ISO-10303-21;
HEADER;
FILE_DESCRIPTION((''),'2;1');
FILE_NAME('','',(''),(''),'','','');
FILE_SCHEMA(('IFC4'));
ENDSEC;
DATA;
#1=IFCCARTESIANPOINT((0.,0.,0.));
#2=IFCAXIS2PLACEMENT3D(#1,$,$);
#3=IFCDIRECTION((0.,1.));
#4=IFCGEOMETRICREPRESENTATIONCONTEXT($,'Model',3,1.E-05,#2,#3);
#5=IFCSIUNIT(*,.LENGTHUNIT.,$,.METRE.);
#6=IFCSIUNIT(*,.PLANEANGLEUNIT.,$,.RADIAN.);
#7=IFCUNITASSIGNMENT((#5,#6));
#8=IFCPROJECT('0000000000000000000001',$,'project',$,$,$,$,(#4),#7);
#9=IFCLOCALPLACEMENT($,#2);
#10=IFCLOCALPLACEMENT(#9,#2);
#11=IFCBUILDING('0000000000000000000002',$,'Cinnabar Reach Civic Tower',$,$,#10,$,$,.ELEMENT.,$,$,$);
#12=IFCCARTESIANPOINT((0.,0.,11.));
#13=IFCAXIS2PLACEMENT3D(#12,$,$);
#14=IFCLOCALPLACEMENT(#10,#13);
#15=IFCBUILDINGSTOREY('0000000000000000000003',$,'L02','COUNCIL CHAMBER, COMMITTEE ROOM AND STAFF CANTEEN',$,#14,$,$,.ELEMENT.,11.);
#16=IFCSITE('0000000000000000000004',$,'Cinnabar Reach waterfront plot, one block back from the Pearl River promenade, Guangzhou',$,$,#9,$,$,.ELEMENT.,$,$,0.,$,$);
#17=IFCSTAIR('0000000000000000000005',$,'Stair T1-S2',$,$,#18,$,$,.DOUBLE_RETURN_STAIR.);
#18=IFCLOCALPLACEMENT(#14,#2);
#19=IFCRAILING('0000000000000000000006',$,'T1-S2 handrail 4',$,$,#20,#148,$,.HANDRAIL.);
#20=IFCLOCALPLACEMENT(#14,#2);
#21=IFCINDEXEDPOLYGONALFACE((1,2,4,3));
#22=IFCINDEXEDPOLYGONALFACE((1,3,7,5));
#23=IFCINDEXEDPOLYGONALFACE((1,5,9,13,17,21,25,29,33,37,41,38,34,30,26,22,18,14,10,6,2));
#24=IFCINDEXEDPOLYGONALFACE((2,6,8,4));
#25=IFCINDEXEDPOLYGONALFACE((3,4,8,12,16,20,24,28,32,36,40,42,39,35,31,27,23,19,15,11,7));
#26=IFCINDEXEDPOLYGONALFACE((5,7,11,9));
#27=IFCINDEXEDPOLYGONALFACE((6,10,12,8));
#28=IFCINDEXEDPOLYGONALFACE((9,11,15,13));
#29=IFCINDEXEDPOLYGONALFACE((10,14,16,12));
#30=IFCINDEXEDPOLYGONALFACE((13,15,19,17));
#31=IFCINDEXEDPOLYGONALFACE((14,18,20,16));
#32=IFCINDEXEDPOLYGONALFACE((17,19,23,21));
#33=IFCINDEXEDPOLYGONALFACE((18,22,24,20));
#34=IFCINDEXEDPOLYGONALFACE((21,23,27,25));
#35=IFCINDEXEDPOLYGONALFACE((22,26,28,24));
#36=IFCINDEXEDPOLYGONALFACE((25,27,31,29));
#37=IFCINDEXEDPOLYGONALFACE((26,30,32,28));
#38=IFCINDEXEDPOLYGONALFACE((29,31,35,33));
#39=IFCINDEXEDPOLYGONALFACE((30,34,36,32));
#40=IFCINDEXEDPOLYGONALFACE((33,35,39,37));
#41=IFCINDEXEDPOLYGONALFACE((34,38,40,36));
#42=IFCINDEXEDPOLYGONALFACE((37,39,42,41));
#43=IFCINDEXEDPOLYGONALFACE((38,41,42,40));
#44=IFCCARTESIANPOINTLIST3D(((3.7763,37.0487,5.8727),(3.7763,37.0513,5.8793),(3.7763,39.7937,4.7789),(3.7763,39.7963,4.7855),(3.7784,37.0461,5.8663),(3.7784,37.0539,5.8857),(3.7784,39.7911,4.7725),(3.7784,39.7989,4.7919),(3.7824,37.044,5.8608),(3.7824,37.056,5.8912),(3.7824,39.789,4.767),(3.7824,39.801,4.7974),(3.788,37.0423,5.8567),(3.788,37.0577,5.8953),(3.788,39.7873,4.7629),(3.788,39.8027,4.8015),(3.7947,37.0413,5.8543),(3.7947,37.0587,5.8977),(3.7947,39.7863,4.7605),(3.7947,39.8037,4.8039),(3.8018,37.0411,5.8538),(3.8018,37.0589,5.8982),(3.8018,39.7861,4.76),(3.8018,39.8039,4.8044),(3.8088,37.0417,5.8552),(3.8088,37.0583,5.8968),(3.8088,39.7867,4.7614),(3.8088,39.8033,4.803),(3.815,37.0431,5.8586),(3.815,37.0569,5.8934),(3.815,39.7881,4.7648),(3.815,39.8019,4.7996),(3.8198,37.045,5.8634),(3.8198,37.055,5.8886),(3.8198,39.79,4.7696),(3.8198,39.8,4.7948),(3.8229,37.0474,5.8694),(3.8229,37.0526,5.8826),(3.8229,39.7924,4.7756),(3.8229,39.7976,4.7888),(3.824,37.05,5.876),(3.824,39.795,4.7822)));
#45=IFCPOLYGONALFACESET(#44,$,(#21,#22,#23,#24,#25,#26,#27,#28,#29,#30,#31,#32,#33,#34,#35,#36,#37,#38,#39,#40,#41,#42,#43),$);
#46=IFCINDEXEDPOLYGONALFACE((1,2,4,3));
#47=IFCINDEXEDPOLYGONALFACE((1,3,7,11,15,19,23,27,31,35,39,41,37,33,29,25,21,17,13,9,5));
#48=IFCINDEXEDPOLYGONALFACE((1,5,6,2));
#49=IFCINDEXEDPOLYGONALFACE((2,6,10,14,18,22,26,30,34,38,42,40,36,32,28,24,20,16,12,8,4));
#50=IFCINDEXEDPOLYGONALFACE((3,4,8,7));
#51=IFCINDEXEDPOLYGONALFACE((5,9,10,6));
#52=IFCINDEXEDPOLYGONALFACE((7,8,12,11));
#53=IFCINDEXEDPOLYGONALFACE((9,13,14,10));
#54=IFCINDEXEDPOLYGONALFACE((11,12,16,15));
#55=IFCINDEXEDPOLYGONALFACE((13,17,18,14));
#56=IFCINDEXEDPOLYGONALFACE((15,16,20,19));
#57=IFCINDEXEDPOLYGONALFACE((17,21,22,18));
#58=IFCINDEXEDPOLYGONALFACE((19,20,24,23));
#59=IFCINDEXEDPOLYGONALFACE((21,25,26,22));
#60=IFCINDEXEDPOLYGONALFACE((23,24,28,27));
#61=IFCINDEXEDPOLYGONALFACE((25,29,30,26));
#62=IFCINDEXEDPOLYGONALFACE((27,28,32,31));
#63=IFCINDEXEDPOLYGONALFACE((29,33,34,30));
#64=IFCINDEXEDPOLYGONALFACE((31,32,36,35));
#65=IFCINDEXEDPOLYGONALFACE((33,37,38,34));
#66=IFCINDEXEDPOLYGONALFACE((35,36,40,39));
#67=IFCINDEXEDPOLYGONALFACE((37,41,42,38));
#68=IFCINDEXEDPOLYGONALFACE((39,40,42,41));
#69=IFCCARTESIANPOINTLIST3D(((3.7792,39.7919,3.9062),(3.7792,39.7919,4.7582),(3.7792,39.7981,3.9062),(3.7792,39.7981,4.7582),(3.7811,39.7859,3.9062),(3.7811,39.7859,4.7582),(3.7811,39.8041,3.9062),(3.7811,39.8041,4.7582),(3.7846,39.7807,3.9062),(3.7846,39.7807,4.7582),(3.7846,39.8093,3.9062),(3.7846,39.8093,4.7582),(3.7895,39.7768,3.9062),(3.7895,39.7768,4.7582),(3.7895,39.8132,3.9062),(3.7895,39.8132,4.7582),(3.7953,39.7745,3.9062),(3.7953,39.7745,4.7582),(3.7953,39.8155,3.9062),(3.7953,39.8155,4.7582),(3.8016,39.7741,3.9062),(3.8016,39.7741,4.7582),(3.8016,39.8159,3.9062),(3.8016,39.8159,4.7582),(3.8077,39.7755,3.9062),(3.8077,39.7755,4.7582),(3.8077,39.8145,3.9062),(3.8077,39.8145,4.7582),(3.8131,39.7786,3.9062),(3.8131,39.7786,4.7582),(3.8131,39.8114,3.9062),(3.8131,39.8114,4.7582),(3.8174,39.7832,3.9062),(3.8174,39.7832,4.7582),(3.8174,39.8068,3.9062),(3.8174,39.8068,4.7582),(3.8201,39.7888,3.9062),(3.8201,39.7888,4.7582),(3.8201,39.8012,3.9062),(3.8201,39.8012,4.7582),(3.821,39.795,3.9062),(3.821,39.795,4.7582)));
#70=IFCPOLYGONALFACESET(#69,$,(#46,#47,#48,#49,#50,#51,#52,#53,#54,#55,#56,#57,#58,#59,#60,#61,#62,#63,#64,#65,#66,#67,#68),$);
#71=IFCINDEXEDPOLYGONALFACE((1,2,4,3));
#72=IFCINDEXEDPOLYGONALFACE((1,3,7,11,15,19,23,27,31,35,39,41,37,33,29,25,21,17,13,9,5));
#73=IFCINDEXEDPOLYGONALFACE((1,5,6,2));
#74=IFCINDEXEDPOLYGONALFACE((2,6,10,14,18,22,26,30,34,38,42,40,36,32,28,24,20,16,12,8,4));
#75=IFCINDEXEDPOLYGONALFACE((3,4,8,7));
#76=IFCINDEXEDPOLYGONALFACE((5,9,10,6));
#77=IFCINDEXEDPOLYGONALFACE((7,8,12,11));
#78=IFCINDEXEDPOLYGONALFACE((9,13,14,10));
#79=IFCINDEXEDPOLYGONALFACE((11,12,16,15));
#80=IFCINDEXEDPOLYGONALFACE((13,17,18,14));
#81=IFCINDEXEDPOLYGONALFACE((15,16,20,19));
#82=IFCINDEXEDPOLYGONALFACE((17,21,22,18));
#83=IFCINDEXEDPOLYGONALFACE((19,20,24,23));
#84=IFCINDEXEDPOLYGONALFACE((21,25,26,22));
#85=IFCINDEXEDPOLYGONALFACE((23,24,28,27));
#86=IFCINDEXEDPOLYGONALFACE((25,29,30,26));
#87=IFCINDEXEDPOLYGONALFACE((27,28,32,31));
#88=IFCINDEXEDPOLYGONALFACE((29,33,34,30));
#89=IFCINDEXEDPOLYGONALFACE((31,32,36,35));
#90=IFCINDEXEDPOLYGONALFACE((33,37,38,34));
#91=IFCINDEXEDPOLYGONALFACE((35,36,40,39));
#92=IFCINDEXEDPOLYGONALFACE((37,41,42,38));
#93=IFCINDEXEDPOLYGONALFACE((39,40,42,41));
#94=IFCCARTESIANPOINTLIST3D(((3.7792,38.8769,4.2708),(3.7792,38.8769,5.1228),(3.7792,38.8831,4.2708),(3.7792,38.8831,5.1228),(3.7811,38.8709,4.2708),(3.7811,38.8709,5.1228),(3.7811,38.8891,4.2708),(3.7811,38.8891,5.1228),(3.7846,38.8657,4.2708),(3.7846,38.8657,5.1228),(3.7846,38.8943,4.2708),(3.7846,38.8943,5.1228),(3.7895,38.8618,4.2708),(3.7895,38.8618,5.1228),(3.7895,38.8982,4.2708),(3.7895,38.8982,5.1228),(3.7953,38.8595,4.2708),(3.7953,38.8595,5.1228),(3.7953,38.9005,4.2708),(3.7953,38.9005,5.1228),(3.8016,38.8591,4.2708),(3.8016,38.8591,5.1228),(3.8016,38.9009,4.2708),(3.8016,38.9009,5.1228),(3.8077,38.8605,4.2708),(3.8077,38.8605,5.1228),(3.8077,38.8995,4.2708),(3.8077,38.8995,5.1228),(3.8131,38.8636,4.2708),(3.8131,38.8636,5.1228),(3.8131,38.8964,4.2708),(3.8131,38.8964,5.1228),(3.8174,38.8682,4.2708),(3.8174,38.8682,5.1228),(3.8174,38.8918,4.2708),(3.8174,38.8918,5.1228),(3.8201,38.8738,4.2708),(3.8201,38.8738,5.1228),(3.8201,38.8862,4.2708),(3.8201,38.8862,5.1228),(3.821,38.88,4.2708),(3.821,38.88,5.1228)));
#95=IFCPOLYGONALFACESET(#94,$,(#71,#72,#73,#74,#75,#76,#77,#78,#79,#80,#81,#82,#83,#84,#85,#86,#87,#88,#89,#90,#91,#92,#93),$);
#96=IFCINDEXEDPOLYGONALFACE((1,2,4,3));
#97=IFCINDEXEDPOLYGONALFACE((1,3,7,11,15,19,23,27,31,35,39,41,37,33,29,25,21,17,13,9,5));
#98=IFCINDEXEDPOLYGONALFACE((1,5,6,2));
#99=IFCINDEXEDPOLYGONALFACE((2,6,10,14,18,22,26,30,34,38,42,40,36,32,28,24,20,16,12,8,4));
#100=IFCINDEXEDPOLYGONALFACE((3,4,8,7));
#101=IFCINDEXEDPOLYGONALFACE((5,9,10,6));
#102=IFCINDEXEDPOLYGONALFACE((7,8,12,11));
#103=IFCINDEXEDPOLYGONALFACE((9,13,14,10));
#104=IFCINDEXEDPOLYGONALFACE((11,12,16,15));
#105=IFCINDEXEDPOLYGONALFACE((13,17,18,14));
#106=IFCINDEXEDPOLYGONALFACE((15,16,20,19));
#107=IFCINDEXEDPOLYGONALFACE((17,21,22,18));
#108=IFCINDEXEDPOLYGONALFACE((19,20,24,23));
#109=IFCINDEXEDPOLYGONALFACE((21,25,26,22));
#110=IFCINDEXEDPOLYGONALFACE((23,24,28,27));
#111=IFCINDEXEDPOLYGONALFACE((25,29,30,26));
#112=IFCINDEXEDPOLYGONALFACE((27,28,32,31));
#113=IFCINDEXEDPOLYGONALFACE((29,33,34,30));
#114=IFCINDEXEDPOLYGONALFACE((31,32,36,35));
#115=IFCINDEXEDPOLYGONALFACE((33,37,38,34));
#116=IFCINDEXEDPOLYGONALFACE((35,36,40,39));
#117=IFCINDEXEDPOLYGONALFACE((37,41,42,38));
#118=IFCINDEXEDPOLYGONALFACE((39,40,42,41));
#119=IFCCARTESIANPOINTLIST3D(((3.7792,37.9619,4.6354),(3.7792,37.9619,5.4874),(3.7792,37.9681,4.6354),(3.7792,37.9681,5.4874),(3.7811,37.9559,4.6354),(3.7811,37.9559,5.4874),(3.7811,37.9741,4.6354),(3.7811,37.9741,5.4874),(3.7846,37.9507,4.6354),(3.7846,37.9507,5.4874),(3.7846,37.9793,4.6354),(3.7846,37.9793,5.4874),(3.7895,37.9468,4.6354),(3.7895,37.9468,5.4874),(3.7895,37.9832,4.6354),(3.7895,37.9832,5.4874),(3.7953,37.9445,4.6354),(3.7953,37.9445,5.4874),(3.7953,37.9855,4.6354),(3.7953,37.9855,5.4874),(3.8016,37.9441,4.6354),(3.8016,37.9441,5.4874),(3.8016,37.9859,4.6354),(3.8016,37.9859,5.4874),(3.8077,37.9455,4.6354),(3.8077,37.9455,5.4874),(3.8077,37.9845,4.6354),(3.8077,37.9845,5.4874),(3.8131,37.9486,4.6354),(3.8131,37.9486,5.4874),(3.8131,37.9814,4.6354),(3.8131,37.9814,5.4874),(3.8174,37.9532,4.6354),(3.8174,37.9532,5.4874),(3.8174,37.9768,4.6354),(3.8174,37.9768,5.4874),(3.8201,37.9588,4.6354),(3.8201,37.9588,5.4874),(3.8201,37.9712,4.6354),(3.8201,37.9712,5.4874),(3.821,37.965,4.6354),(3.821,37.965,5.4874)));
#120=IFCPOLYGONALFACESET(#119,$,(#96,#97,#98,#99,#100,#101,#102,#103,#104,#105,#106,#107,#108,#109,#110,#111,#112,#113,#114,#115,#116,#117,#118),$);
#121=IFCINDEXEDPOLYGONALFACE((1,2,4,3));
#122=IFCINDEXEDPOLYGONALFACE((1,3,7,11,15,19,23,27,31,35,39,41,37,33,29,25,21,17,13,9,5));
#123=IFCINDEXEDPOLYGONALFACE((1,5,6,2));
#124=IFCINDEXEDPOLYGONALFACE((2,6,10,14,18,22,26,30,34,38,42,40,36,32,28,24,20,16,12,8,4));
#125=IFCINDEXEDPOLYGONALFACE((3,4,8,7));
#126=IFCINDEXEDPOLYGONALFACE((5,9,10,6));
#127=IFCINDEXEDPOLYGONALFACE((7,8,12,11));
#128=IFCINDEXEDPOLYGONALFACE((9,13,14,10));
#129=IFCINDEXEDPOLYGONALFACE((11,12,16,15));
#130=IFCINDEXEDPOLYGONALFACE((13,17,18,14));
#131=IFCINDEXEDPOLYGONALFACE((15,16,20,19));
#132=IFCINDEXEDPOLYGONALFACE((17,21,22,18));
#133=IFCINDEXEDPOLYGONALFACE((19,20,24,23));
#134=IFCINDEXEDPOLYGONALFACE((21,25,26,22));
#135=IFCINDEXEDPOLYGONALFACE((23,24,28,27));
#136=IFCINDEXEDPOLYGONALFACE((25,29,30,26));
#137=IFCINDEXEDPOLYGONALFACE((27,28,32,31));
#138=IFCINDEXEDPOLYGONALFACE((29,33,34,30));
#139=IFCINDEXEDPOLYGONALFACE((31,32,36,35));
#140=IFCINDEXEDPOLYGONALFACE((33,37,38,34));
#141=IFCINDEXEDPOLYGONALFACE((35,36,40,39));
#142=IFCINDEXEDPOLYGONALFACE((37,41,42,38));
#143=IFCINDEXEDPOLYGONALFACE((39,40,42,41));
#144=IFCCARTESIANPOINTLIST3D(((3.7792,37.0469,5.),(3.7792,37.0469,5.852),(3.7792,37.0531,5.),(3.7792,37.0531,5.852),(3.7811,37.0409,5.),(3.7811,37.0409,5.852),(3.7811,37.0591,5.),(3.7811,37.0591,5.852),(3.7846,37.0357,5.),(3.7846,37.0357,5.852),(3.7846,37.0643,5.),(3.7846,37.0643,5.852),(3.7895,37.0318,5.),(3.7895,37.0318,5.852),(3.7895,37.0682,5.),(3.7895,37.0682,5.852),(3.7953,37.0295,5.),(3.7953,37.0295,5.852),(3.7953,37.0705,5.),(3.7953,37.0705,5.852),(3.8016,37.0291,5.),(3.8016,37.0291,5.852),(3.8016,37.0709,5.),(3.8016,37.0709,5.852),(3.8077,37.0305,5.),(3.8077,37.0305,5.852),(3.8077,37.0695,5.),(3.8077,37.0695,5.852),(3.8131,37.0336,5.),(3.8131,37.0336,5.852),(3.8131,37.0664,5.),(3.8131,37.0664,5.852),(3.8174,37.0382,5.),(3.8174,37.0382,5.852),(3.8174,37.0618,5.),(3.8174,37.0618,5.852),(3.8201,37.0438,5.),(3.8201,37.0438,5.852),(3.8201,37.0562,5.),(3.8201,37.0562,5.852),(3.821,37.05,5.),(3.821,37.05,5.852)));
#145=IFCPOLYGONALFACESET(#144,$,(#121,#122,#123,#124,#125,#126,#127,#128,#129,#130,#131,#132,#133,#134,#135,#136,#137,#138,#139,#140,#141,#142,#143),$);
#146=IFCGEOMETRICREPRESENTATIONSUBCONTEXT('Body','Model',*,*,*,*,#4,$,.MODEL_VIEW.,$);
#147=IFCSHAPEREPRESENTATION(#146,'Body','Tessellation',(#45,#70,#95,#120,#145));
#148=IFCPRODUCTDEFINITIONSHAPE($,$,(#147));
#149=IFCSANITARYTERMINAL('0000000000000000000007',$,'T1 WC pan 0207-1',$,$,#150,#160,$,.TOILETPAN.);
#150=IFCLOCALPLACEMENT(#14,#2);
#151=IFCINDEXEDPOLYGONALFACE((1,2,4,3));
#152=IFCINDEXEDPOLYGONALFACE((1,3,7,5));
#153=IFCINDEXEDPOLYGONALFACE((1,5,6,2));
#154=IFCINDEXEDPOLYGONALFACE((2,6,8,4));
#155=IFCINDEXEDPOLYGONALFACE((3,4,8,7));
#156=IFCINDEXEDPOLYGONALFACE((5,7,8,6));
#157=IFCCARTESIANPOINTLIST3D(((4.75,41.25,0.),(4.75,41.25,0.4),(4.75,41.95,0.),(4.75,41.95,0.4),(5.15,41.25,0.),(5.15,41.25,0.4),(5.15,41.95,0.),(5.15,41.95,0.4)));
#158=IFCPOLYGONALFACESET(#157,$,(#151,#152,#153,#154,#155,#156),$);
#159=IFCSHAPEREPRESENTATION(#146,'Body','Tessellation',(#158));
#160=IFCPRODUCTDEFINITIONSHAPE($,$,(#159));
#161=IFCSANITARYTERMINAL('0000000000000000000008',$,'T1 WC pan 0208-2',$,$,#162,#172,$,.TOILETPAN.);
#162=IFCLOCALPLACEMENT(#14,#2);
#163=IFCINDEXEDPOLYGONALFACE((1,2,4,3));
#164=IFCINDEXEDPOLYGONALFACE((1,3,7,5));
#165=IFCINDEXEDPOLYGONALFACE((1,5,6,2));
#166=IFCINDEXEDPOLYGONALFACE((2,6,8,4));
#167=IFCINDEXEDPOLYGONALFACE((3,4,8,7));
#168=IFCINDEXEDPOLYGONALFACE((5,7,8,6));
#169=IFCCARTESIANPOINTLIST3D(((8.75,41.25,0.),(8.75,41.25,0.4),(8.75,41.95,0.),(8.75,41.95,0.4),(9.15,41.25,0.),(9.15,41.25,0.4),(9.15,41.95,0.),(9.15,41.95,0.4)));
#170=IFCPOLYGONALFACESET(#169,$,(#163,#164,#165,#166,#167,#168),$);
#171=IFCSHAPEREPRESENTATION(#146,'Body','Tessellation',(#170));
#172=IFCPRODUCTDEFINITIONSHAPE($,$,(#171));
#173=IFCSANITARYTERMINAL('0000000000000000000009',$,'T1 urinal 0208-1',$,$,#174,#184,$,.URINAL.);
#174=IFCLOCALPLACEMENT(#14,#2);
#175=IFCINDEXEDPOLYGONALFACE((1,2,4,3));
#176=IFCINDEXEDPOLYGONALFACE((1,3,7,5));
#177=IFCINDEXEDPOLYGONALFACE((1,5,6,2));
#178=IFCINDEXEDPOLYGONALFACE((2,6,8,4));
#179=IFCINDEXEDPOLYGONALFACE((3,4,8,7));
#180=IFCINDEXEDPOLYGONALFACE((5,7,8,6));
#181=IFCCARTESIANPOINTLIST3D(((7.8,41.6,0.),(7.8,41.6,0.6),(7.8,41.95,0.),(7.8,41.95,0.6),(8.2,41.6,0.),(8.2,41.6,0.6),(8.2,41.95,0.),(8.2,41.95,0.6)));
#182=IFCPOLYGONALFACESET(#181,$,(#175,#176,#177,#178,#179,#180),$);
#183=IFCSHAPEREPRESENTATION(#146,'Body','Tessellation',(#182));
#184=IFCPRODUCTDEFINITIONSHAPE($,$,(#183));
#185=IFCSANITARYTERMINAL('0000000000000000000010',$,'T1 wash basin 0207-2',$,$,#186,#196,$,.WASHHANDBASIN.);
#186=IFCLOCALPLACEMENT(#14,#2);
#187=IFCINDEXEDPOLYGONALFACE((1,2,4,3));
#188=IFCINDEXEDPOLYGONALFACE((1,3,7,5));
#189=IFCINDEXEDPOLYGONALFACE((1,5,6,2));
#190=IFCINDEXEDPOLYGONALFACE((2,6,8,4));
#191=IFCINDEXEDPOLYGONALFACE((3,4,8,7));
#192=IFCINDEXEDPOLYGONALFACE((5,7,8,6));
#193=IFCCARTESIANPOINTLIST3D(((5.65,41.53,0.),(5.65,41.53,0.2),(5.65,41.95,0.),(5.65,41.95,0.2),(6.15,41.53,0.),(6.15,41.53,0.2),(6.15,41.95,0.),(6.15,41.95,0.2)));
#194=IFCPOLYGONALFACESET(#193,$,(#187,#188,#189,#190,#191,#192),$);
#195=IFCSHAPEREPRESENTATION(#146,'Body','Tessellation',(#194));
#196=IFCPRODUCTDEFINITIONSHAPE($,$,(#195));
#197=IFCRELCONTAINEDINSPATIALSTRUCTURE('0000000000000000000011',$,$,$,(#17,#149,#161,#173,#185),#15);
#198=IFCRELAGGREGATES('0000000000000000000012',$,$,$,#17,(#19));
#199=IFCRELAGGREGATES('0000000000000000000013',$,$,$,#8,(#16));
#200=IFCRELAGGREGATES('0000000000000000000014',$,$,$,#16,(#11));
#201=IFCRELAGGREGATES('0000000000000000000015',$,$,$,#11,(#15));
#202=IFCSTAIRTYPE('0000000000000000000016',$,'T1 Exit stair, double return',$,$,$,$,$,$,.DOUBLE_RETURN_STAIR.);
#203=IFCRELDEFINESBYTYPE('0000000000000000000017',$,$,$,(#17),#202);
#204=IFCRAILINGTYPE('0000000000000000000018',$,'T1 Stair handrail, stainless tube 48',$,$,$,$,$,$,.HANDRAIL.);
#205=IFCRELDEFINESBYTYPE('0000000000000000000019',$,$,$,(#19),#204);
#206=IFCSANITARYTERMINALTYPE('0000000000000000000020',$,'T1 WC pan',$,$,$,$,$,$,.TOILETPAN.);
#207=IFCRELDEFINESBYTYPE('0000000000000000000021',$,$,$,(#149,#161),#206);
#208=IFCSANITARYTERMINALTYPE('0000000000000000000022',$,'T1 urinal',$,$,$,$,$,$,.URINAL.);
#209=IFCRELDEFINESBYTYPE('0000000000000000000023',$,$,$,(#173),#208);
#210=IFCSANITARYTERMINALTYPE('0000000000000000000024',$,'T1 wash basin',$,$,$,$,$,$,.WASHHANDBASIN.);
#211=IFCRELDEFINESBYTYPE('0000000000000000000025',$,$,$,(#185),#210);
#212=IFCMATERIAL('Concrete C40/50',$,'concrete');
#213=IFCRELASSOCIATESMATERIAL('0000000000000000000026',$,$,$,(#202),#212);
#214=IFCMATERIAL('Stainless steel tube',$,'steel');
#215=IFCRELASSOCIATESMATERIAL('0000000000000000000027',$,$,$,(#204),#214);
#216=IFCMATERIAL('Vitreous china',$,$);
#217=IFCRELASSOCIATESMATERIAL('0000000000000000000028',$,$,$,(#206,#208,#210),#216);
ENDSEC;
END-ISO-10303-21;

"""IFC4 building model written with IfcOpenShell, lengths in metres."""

from ifc_helpers import new_model, si_unit, direction, frame, origin, origin_2d, place, context, subcontext, project, spatial, rectangle, circle, extrude, material, type_object, element, aggregate, save


model = new_model("IFC4")

# Units and contexts
model_context = context("Model", 3, precision=1e-05, world=origin(), true_north=direction((0.0, 1.0)))
body_context = subcontext(model_context, "Body", "Model", "MODEL_VIEW")
ifc_project = project(units=[si_unit("LENGTHUNIT", "METRE"), si_unit("PLANEANGLEUNIT", "RADIAN")], contexts=[model_context])

# Site, building, storey
site_placement = place(None, origin())
site = spatial("IfcSite", under=ifc_project, at=site_placement, Name="Cinnabar Reach waterfront plot, one block back from the Pearl River promenade, Guangzhou", CompositionType="ELEMENT", RefElevation=0.0)
building_placement = place(site_placement, origin())
building = spatial("IfcBuilding", under=site, at=building_placement, Name="Cinnabar Reach Civic Tower", CompositionType="ELEMENT")
storey_placement = place(building_placement, frame((0.0, 0.0, 11.0)))
storey = spatial("IfcBuildingStorey", under=building, at=storey_placement, Name="L02", Description="COUNCIL CHAMBER, COMMITTEE ROOM AND STAFF CANTEEN", CompositionType="ELEMENT", Elevation=11.0)

# Shared definitions
ifc_material_1 = material(Name="Concrete C40/50", Category="concrete")

# Stair, railing
stair_type = type_object("IfcStairType", Name="T1 Exit stair, double return", PredefinedType="DOUBLE_RETURN_STAIR", material=ifc_material_1)
stair_placement = place(storey_placement, origin())
stair = element("IfcStair", 1, at=stair_placement, inside=storey, type_object=stair_type, Name="Stair T1-S2", PredefinedType="DOUBLE_RETURN_STAIR")
ifc_material_2 = material(Name="Stainless steel tube", Category="steel")
railing_type = type_object("IfcRailingType", Name="T1 Stair handrail, stainless tube 48", PredefinedType="HANDRAIL", material=ifc_material_2)
railing_1_placement = place(storey_placement, frame((3.8, 39.795, 3.9062)))
railing_1 = element("IfcRailing", 2, at=railing_1_placement, type_object=railing_type, Name="T1-S2 handrail 4", PredefinedType="HANDRAIL", context=body_context, shape_type="SweptSolid", body=[
    extrude(circle(Radius=0.024, at=origin_2d()), frame((0.0, 0.0, 0.876), z_axis=(0.0, -0.928966, 0.370165), x_axis=(1.0, 0.0, 0.0)), (0.0, 0.0, 1.0), 2.9549),
    extrude(circle(Radius=0.021, at=origin_2d()), origin(), (0.0, 0.0, 1.0), 0.852),
    extrude(circle(Radius=0.021, at=origin_2d()), frame((0.0, -0.915, 0.3646)), (0.0, 0.0, 1.0), 0.852),
    extrude(circle(Radius=0.021, at=origin_2d()), frame((0.0, -1.83, 0.7292)), (0.0, 0.0, 1.0), 0.852),
    extrude(circle(Radius=0.021, at=origin_2d()), frame((0.0, -2.745, 1.0938)), (0.0, 0.0, 1.0), 0.852),
])
aggregate(stair, [railing_1])

# Sanitary terminals
ifc_material_3 = material(Name="Vitreous china")
sanitary_terminal_type_1 = type_object("IfcSanitaryTerminalType", Name="T1 WC pan", PredefinedType="TOILETPAN", material=ifc_material_3)
for number, where, z_axis, x_axis, name in (
    (3, (4.95, 41.6, 0.0), (0.0, 0.0, 1.0), (1.0, 0.0, 0.0), "T1 WC pan 0207-1"),
    (4, (8.95, 41.6, 0.0), (0.0, 0.0, 1.0), (1.0, 0.0, 0.0), "T1 WC pan 0208-2"),
):
    element("IfcSanitaryTerminal", number, at=place(storey_placement, frame(where, z_axis=z_axis, x_axis=x_axis)), inside=storey, type_object=sanitary_terminal_type_1, Name=name, PredefinedType="TOILETPAN", context=body_context, shape_type="SweptSolid", body=[
        extrude(rectangle(XDim=0.4, YDim=0.7, at=origin_2d()), origin(), (0.0, 0.0, 1.0), 0.4),
    ])
sanitary_terminal_type_2 = type_object("IfcSanitaryTerminalType", Name="T1 urinal", PredefinedType="URINAL", material=ifc_material_3)
sanitary_terminal_1_placement = place(storey_placement, frame((8.0, 41.775, 0.0), z_axis=(0.0, 0.0, 1.0), x_axis=(1.0, 0.0, 0.0)))
element("IfcSanitaryTerminal", 5, at=sanitary_terminal_1_placement, inside=storey, type_object=sanitary_terminal_type_2, Name="T1 urinal 0208-1", PredefinedType="URINAL", context=body_context, shape_type="SweptSolid", body=[
    extrude(rectangle(XDim=0.4, YDim=0.35, at=origin_2d()), origin(), (0.0, 0.0, 1.0), 0.6),
])
sanitary_terminal_type_3 = type_object("IfcSanitaryTerminalType", Name="T1 wash basin", PredefinedType="WASHHANDBASIN", material=ifc_material_3)
sanitary_terminal_2_placement = place(storey_placement, frame((5.9, 41.74, 0.0), z_axis=(0.0, 0.0, 1.0), x_axis=(1.0, 0.0, 0.0)))
element("IfcSanitaryTerminal", 6, at=sanitary_terminal_2_placement, inside=storey, type_object=sanitary_terminal_type_3, Name="T1 wash basin 0207-2", PredefinedType="WASHHANDBASIN", context=body_context, shape_type="SweptSolid", body=[
    extrude(rectangle(XDim=0.5, YDim=0.42, at=origin_2d()), origin(), (0.0, 0.0, 1.0), 0.2),
])

save(model, "model.ifc")
